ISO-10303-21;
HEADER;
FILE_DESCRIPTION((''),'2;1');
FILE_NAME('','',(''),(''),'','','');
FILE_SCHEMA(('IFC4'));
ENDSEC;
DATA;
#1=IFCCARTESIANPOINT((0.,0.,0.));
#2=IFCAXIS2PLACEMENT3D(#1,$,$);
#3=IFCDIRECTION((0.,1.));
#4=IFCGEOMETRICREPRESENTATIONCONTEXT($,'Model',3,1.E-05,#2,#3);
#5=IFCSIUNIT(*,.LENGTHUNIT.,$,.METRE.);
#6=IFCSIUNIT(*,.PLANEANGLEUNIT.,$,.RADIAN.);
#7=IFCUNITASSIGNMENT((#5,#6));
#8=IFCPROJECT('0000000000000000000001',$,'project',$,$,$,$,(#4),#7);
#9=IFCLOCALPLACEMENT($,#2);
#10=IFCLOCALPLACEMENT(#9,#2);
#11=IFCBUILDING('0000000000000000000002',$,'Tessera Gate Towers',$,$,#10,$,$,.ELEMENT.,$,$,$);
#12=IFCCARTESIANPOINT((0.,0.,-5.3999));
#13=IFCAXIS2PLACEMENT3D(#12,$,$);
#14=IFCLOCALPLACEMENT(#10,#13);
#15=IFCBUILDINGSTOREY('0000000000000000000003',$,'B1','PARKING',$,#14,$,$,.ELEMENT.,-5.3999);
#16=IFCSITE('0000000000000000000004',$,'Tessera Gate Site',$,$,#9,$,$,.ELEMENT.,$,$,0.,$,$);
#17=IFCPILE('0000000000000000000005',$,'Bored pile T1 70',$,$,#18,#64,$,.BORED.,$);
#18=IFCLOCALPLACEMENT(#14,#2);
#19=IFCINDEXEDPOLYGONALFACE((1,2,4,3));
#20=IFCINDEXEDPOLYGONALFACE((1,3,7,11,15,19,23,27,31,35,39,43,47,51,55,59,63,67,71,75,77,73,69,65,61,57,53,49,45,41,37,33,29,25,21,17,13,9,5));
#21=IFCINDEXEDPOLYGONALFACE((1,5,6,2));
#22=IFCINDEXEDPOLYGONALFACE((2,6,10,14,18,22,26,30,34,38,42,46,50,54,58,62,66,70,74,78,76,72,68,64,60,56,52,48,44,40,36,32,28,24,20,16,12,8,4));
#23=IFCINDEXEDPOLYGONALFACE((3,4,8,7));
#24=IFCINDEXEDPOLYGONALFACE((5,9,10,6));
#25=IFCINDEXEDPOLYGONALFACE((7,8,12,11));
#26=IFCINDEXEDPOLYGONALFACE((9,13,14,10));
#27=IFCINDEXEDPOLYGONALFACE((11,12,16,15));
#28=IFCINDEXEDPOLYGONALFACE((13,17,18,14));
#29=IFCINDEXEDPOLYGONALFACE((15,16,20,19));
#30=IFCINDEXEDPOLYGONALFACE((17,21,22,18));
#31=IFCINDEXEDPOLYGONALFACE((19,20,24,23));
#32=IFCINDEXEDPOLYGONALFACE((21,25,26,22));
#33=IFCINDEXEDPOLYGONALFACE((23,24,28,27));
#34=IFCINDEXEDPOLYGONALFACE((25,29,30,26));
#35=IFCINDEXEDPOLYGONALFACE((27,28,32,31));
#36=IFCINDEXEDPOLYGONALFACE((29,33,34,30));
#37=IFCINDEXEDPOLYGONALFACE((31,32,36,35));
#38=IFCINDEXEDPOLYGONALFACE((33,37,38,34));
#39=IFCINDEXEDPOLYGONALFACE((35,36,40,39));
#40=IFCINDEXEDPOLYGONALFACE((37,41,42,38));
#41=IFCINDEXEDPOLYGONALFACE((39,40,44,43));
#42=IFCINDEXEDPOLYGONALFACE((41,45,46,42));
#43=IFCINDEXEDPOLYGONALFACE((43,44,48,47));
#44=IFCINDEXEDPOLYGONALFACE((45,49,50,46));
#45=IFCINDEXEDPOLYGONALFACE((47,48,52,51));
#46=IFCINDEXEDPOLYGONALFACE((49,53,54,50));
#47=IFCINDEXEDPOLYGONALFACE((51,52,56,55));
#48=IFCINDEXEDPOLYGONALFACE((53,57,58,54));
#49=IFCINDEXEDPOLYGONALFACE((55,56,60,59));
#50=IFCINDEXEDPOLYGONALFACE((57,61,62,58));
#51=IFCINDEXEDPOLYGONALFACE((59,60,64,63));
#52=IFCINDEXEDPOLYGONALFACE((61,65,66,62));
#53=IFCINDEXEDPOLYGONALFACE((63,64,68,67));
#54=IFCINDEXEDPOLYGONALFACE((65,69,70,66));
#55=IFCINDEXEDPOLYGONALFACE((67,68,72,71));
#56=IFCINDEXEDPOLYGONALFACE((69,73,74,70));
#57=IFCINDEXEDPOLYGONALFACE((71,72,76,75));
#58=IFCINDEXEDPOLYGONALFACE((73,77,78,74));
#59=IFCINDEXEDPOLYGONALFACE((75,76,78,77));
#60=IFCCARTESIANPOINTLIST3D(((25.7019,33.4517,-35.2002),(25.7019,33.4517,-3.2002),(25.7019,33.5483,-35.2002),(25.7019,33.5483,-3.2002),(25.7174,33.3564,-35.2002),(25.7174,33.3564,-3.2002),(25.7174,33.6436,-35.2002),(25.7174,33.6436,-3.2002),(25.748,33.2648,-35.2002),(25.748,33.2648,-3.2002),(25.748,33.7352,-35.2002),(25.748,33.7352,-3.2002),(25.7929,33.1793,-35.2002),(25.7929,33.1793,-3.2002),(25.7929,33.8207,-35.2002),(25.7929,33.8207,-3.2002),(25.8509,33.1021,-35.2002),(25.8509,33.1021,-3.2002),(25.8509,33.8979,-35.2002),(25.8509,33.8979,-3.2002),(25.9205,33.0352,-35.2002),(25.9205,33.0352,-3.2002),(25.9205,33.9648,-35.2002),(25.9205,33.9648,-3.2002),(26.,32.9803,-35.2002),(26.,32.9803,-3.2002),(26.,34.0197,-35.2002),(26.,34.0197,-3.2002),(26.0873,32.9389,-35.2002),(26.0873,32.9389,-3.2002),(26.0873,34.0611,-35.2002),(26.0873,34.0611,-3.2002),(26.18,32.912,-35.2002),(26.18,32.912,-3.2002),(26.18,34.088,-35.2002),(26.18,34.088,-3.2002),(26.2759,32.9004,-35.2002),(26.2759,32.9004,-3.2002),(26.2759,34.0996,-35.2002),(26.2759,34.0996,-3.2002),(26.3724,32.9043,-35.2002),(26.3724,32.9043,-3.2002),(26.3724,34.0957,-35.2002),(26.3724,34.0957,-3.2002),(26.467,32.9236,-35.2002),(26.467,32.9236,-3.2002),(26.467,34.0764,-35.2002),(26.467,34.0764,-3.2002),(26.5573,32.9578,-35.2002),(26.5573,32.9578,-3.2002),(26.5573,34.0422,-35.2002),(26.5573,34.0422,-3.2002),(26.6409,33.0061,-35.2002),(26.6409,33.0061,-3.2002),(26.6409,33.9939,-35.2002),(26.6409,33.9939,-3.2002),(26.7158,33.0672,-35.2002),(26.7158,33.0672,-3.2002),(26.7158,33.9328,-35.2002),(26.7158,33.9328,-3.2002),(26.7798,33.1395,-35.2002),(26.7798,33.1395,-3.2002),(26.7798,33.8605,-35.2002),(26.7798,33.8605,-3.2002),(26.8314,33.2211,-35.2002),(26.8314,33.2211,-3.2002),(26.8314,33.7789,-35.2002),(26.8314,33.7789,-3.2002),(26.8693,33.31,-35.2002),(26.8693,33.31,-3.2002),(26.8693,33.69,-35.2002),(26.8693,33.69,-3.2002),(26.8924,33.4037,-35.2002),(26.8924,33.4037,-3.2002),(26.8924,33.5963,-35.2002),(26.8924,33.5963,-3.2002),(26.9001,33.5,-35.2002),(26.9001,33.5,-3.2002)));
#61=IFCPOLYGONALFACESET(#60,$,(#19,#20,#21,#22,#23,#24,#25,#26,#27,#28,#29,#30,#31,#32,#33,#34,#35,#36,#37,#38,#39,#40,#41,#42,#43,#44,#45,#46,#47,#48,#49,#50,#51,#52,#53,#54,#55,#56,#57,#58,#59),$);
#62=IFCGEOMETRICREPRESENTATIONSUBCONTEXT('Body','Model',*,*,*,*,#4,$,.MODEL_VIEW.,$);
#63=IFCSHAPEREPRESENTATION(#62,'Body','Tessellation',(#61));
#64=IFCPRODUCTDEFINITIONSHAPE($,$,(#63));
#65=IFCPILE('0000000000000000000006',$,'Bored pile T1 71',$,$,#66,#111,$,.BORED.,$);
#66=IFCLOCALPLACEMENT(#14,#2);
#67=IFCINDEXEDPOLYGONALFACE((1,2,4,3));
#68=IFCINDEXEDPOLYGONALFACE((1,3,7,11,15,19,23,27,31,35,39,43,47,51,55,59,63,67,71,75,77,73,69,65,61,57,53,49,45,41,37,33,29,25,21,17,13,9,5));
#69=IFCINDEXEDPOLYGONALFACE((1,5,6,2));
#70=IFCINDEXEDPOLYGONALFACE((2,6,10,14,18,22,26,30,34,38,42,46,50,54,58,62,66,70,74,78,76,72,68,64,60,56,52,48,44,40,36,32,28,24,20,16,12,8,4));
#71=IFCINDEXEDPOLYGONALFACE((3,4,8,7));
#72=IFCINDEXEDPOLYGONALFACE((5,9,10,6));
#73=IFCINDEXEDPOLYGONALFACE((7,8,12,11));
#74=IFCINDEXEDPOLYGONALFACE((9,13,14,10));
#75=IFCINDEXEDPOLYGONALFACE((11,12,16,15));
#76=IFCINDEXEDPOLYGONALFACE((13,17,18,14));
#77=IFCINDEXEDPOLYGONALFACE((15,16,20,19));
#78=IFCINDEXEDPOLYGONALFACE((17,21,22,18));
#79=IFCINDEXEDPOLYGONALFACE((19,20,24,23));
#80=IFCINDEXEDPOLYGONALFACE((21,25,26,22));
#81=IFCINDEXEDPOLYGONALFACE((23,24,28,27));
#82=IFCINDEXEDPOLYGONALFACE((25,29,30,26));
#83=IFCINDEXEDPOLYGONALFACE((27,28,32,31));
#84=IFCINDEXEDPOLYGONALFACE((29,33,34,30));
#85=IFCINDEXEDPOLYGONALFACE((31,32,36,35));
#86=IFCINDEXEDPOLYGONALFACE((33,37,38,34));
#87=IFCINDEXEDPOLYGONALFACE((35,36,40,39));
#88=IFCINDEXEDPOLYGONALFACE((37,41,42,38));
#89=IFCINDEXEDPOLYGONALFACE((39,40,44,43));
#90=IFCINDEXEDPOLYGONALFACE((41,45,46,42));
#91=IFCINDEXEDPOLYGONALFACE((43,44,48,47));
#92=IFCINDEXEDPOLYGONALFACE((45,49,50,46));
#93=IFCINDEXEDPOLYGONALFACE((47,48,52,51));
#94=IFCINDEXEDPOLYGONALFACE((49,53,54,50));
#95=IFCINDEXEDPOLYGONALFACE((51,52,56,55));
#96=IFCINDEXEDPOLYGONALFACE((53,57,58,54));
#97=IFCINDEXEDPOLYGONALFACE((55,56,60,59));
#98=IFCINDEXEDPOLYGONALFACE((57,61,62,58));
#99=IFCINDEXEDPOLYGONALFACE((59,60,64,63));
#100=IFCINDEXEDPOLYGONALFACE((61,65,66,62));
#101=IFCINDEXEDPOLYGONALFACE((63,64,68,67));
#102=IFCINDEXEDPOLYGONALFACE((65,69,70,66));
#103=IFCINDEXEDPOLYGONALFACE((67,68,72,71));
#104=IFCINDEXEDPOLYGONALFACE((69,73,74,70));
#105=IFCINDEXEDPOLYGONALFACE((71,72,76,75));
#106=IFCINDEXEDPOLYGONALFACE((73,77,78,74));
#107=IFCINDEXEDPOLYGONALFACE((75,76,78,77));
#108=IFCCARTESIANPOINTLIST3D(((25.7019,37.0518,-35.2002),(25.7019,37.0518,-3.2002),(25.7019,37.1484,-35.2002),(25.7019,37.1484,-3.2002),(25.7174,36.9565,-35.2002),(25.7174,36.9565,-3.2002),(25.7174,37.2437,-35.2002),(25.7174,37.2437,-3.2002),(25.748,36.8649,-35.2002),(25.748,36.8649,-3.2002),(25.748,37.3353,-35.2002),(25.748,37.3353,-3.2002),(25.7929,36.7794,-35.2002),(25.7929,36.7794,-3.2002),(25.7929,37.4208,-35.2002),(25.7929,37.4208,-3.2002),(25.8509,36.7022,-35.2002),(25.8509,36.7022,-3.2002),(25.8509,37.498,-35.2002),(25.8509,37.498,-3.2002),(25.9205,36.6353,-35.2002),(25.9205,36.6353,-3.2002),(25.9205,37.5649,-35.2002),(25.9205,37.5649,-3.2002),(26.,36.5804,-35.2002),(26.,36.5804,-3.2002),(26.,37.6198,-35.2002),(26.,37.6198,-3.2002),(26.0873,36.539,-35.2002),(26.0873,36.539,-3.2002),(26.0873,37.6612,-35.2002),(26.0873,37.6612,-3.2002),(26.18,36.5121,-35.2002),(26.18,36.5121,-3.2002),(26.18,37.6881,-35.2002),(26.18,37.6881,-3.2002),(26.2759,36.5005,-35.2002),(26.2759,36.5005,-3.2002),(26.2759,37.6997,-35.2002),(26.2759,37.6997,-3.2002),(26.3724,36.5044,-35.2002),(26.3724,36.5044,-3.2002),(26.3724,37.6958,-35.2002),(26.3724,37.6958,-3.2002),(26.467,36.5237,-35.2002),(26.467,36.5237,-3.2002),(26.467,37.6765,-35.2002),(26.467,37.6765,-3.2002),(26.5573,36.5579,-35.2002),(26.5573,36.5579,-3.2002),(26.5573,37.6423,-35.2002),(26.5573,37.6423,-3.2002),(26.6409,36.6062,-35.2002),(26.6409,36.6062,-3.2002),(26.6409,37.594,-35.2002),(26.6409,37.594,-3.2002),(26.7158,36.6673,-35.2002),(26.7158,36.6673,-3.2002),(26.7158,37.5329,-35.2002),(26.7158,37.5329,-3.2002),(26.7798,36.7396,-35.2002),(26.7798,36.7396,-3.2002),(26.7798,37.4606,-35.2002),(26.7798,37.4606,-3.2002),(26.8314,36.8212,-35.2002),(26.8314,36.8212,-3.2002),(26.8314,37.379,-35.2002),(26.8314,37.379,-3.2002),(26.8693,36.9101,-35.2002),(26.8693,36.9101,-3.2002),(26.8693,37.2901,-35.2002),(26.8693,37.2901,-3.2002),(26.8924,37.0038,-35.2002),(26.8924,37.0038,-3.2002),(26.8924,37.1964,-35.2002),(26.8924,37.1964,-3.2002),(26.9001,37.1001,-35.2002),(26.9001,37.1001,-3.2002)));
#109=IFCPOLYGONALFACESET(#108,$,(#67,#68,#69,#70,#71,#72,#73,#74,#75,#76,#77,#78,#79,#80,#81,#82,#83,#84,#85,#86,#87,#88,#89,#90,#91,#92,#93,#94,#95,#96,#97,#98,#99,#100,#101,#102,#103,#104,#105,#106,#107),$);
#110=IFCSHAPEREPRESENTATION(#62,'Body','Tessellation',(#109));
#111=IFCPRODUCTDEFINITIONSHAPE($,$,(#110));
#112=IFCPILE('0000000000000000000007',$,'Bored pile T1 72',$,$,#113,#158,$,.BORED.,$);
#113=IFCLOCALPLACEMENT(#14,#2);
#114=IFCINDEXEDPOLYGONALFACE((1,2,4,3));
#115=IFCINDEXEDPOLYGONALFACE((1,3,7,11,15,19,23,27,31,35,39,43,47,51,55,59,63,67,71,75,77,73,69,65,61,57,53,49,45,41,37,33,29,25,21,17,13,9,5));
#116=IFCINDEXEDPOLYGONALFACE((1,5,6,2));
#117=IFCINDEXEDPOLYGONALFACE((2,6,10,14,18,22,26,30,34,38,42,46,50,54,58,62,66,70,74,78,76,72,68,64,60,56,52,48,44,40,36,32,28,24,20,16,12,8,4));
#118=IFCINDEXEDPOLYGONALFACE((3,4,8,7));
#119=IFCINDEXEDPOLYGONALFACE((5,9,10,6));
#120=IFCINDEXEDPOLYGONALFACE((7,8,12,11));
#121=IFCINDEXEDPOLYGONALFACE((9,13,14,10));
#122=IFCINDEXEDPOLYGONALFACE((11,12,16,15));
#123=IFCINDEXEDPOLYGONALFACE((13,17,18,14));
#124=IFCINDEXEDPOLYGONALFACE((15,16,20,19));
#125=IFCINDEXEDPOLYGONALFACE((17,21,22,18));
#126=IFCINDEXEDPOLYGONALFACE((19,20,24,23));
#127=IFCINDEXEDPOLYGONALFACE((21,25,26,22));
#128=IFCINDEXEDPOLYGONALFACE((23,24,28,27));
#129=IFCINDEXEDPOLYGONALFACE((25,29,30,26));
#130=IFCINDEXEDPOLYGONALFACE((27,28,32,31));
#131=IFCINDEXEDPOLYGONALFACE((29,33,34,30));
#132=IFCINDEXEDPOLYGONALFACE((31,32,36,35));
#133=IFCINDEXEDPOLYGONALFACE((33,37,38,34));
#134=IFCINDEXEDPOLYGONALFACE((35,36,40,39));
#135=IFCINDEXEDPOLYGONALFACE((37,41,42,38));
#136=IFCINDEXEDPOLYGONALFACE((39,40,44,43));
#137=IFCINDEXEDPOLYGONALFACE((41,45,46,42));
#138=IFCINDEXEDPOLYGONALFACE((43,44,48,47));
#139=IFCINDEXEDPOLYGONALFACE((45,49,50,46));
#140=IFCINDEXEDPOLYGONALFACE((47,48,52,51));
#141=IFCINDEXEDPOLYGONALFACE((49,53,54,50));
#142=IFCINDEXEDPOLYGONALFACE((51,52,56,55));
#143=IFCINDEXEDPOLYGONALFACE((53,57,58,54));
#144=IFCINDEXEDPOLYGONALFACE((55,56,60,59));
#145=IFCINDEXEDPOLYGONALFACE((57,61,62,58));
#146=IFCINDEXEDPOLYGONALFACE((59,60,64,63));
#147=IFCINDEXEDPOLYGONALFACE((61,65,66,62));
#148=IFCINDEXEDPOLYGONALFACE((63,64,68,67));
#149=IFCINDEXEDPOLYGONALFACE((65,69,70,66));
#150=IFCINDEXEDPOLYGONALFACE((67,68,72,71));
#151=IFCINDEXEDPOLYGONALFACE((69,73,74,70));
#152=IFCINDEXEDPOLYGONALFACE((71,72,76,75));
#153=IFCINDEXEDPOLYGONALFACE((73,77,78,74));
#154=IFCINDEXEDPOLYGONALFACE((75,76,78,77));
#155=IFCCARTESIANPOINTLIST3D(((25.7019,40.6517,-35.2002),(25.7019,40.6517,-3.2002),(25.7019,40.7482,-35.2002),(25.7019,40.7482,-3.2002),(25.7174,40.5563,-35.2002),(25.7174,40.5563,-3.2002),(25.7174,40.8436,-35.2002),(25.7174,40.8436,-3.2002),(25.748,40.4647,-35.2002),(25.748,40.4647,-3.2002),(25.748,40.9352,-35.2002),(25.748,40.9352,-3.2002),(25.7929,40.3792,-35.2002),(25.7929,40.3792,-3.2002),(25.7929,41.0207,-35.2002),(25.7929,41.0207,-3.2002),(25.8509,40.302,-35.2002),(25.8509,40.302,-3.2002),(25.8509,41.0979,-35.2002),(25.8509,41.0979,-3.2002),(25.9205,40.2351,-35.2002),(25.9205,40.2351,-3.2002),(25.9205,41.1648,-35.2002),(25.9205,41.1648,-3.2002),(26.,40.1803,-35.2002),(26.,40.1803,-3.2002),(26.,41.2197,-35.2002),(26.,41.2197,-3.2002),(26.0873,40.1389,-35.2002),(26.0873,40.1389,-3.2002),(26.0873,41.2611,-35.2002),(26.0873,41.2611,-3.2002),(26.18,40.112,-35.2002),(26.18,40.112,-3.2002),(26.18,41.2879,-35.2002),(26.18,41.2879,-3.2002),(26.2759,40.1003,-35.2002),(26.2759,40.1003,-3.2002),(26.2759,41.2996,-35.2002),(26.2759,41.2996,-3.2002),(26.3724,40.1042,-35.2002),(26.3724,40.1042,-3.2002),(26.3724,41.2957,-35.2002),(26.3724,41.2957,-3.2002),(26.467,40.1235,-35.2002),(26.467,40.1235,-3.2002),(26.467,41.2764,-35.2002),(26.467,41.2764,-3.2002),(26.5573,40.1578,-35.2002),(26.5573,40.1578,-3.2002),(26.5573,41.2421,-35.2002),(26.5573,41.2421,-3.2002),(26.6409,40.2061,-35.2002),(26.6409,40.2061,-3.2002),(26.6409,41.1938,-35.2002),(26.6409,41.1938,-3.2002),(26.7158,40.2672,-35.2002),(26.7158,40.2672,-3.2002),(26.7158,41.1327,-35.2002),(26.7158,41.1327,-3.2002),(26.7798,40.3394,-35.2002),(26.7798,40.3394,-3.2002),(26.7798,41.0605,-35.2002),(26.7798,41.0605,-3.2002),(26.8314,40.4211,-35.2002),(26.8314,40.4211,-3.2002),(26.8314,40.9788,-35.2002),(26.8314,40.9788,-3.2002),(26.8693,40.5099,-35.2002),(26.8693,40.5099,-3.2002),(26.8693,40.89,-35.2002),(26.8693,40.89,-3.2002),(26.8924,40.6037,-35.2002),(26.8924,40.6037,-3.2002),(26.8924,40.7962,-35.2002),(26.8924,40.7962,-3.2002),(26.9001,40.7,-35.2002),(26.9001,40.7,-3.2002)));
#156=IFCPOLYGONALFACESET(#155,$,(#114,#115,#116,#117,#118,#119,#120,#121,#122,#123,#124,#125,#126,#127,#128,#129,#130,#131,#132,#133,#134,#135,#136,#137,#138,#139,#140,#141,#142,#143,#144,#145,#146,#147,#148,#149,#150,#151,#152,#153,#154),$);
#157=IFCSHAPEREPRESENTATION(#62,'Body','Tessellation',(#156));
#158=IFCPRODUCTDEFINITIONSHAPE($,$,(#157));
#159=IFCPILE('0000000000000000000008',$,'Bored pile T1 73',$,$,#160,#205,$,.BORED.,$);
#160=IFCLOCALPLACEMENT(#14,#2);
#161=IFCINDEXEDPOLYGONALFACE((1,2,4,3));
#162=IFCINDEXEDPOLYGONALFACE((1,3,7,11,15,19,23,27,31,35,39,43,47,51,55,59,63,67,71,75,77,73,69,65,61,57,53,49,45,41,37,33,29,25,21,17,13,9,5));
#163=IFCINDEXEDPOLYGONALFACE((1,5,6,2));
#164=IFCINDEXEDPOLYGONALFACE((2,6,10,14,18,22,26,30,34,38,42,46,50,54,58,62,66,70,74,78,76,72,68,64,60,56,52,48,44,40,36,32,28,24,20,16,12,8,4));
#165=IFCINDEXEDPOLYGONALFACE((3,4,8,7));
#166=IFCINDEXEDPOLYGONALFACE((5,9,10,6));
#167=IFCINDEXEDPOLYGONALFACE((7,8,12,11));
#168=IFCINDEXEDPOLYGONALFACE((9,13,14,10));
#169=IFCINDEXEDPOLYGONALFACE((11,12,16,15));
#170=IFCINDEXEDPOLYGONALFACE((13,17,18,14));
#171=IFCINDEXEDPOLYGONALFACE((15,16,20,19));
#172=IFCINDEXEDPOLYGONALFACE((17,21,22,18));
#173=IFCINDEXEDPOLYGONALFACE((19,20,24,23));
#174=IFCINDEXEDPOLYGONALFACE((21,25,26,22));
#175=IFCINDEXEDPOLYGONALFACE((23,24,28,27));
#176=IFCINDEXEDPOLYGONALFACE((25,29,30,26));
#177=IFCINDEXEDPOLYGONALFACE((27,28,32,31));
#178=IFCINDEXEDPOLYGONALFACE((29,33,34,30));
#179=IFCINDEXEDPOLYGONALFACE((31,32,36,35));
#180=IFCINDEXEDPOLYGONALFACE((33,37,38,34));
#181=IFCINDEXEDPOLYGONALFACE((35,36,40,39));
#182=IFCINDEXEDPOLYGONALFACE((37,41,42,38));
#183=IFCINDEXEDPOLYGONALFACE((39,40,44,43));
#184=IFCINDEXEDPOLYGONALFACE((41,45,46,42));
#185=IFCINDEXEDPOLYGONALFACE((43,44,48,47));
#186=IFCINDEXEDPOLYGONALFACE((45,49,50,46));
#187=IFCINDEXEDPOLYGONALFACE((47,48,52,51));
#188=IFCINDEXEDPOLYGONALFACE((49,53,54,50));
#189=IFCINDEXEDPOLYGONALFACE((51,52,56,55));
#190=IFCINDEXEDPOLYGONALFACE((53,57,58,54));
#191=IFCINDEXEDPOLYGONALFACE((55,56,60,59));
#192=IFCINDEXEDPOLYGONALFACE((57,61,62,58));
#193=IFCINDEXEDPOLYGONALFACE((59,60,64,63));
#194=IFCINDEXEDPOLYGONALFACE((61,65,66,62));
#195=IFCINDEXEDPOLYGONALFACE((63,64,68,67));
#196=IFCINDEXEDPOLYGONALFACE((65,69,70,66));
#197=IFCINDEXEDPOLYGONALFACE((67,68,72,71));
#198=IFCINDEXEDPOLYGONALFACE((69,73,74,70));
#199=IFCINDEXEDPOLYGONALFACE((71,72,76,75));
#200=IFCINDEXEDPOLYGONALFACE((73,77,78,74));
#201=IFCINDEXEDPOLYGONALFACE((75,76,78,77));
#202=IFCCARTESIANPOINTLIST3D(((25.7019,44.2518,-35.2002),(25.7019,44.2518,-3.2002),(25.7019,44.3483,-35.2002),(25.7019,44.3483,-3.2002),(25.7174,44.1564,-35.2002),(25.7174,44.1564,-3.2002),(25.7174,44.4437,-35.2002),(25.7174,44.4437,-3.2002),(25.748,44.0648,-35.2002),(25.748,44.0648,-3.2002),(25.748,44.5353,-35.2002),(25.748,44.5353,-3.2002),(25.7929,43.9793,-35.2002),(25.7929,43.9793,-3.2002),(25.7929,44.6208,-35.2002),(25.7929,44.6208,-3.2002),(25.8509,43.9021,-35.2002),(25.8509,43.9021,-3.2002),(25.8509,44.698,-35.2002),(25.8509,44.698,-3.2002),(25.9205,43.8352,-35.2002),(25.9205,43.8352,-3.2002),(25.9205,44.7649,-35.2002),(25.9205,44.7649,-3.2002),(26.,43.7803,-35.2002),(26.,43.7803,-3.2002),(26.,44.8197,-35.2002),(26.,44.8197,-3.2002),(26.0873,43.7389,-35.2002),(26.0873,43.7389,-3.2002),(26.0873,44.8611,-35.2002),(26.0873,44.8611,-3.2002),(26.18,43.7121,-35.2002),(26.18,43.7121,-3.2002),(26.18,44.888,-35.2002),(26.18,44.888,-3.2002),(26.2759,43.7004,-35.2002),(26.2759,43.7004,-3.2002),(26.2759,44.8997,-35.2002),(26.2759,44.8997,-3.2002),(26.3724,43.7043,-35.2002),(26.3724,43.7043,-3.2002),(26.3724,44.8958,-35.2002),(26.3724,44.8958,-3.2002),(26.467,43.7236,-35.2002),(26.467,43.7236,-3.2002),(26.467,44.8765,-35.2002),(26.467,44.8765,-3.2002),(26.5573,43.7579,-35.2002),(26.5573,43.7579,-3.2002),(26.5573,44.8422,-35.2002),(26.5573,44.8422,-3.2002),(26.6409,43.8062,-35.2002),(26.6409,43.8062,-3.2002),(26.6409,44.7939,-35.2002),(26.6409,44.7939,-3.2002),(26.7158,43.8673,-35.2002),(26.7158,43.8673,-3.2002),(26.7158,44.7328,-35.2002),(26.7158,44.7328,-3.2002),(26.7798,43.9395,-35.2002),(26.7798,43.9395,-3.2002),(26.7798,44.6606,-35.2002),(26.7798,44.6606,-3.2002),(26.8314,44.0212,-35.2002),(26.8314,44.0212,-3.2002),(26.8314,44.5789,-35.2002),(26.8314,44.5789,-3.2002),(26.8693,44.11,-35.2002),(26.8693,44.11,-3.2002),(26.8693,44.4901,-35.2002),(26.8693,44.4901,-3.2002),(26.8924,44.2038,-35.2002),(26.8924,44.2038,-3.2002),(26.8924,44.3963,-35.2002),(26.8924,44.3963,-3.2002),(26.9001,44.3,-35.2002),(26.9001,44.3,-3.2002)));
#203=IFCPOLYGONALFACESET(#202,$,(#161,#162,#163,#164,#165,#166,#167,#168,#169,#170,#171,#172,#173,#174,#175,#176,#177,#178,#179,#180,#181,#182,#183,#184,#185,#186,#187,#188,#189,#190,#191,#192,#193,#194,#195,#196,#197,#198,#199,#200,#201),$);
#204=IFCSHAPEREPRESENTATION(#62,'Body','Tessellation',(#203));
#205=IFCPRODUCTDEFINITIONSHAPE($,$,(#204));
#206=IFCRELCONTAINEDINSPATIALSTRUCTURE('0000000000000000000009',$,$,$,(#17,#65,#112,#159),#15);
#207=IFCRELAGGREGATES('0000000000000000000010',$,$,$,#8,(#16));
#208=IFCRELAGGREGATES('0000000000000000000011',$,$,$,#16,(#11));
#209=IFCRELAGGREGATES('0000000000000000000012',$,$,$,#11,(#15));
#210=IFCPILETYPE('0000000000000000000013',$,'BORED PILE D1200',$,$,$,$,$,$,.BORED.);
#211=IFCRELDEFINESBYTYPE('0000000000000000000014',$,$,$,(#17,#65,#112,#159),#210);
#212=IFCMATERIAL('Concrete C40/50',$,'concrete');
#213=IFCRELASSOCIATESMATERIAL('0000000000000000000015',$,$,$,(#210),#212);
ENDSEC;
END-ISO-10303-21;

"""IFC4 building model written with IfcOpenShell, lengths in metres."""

from ifc_helpers import new_model, si_unit, direction, frame, origin, origin_2d, place, context, subcontext, project, spatial, circle, extrude, material, material_profile, profile_set, type_object, element, save


model = new_model("IFC4")

# Units and contexts
model_context = context("Model", 3, precision=1e-05, world=origin(), true_north=direction((0.0, 1.0)))
body_context = subcontext(model_context, "Body", "Model", "MODEL_VIEW")
ifc_project = project(units=[si_unit("LENGTHUNIT", "METRE"), si_unit("PLANEANGLEUNIT", "RADIAN")], contexts=[model_context])

# Site, building, storey
site_placement = place(None, origin())
site = spatial("IfcSite", under=ifc_project, at=site_placement, Name="Tessera Gate Site", CompositionType="ELEMENT", RefElevation=0.0)
building_placement = place(site_placement, origin())
building = spatial("IfcBuilding", under=site, at=building_placement, Name="Tessera Gate Towers", CompositionType="ELEMENT")
storey_placement = place(building_placement, frame((0.0, 0.0, -5.3999)))
storey = spatial("IfcBuildingStorey", under=building, at=storey_placement, Name="B1", Description="PARKING", CompositionType="ELEMENT", Elevation=-5.3999)

# Piles
ifc_material_1 = material(Name="Concrete C40/50", Category="concrete")
ifc_material_profile_1 = material_profile(ifc_material_1, circle(Radius=0.6001, at=origin_2d()), Name="BORED PILE D1200")
ifc_profile_set_1 = profile_set([ifc_material_profile_1], Name="Concrete C40/50")
pile_type = type_object("IfcPileType", Name="BORED PILE D1200", PredefinedType="BORED", material=ifc_profile_set_1)
for number, where, z_axis, x_axis, name in (
    (1, (26.3, 33.5, -3.2002), (0.0, 0.0, -1.0), (1.0, 0.0, 0.0), "Bored pile T1 70"),
    (2, (26.3, 37.1001, -3.2002), (0.0, 0.0, -1.0), (1.0, 0.0, 0.0), "Bored pile T1 71"),
    (3, (26.3, 40.7, -3.2002), (0.0, 0.0, -1.0), (1.0, 0.0, 0.0), "Bored pile T1 72"),
    (4, (26.3, 44.3, -3.2002), (0.0, 0.0, -1.0), (1.0, 0.0, 0.0), "Bored pile T1 73"),
):
    element("IfcPile", number, at=place(storey_placement, frame(where, z_axis=z_axis, x_axis=x_axis)), inside=storey, type_object=pile_type, Name=name, PredefinedType="BORED", context=body_context, shape_type="SweptSolid", body=[
        extrude(circle(Radius=0.6001, at=origin_2d()), origin(), (0.0, 0.0, 1.0), 32.0),
    ])

save(model, "model.ifc")
